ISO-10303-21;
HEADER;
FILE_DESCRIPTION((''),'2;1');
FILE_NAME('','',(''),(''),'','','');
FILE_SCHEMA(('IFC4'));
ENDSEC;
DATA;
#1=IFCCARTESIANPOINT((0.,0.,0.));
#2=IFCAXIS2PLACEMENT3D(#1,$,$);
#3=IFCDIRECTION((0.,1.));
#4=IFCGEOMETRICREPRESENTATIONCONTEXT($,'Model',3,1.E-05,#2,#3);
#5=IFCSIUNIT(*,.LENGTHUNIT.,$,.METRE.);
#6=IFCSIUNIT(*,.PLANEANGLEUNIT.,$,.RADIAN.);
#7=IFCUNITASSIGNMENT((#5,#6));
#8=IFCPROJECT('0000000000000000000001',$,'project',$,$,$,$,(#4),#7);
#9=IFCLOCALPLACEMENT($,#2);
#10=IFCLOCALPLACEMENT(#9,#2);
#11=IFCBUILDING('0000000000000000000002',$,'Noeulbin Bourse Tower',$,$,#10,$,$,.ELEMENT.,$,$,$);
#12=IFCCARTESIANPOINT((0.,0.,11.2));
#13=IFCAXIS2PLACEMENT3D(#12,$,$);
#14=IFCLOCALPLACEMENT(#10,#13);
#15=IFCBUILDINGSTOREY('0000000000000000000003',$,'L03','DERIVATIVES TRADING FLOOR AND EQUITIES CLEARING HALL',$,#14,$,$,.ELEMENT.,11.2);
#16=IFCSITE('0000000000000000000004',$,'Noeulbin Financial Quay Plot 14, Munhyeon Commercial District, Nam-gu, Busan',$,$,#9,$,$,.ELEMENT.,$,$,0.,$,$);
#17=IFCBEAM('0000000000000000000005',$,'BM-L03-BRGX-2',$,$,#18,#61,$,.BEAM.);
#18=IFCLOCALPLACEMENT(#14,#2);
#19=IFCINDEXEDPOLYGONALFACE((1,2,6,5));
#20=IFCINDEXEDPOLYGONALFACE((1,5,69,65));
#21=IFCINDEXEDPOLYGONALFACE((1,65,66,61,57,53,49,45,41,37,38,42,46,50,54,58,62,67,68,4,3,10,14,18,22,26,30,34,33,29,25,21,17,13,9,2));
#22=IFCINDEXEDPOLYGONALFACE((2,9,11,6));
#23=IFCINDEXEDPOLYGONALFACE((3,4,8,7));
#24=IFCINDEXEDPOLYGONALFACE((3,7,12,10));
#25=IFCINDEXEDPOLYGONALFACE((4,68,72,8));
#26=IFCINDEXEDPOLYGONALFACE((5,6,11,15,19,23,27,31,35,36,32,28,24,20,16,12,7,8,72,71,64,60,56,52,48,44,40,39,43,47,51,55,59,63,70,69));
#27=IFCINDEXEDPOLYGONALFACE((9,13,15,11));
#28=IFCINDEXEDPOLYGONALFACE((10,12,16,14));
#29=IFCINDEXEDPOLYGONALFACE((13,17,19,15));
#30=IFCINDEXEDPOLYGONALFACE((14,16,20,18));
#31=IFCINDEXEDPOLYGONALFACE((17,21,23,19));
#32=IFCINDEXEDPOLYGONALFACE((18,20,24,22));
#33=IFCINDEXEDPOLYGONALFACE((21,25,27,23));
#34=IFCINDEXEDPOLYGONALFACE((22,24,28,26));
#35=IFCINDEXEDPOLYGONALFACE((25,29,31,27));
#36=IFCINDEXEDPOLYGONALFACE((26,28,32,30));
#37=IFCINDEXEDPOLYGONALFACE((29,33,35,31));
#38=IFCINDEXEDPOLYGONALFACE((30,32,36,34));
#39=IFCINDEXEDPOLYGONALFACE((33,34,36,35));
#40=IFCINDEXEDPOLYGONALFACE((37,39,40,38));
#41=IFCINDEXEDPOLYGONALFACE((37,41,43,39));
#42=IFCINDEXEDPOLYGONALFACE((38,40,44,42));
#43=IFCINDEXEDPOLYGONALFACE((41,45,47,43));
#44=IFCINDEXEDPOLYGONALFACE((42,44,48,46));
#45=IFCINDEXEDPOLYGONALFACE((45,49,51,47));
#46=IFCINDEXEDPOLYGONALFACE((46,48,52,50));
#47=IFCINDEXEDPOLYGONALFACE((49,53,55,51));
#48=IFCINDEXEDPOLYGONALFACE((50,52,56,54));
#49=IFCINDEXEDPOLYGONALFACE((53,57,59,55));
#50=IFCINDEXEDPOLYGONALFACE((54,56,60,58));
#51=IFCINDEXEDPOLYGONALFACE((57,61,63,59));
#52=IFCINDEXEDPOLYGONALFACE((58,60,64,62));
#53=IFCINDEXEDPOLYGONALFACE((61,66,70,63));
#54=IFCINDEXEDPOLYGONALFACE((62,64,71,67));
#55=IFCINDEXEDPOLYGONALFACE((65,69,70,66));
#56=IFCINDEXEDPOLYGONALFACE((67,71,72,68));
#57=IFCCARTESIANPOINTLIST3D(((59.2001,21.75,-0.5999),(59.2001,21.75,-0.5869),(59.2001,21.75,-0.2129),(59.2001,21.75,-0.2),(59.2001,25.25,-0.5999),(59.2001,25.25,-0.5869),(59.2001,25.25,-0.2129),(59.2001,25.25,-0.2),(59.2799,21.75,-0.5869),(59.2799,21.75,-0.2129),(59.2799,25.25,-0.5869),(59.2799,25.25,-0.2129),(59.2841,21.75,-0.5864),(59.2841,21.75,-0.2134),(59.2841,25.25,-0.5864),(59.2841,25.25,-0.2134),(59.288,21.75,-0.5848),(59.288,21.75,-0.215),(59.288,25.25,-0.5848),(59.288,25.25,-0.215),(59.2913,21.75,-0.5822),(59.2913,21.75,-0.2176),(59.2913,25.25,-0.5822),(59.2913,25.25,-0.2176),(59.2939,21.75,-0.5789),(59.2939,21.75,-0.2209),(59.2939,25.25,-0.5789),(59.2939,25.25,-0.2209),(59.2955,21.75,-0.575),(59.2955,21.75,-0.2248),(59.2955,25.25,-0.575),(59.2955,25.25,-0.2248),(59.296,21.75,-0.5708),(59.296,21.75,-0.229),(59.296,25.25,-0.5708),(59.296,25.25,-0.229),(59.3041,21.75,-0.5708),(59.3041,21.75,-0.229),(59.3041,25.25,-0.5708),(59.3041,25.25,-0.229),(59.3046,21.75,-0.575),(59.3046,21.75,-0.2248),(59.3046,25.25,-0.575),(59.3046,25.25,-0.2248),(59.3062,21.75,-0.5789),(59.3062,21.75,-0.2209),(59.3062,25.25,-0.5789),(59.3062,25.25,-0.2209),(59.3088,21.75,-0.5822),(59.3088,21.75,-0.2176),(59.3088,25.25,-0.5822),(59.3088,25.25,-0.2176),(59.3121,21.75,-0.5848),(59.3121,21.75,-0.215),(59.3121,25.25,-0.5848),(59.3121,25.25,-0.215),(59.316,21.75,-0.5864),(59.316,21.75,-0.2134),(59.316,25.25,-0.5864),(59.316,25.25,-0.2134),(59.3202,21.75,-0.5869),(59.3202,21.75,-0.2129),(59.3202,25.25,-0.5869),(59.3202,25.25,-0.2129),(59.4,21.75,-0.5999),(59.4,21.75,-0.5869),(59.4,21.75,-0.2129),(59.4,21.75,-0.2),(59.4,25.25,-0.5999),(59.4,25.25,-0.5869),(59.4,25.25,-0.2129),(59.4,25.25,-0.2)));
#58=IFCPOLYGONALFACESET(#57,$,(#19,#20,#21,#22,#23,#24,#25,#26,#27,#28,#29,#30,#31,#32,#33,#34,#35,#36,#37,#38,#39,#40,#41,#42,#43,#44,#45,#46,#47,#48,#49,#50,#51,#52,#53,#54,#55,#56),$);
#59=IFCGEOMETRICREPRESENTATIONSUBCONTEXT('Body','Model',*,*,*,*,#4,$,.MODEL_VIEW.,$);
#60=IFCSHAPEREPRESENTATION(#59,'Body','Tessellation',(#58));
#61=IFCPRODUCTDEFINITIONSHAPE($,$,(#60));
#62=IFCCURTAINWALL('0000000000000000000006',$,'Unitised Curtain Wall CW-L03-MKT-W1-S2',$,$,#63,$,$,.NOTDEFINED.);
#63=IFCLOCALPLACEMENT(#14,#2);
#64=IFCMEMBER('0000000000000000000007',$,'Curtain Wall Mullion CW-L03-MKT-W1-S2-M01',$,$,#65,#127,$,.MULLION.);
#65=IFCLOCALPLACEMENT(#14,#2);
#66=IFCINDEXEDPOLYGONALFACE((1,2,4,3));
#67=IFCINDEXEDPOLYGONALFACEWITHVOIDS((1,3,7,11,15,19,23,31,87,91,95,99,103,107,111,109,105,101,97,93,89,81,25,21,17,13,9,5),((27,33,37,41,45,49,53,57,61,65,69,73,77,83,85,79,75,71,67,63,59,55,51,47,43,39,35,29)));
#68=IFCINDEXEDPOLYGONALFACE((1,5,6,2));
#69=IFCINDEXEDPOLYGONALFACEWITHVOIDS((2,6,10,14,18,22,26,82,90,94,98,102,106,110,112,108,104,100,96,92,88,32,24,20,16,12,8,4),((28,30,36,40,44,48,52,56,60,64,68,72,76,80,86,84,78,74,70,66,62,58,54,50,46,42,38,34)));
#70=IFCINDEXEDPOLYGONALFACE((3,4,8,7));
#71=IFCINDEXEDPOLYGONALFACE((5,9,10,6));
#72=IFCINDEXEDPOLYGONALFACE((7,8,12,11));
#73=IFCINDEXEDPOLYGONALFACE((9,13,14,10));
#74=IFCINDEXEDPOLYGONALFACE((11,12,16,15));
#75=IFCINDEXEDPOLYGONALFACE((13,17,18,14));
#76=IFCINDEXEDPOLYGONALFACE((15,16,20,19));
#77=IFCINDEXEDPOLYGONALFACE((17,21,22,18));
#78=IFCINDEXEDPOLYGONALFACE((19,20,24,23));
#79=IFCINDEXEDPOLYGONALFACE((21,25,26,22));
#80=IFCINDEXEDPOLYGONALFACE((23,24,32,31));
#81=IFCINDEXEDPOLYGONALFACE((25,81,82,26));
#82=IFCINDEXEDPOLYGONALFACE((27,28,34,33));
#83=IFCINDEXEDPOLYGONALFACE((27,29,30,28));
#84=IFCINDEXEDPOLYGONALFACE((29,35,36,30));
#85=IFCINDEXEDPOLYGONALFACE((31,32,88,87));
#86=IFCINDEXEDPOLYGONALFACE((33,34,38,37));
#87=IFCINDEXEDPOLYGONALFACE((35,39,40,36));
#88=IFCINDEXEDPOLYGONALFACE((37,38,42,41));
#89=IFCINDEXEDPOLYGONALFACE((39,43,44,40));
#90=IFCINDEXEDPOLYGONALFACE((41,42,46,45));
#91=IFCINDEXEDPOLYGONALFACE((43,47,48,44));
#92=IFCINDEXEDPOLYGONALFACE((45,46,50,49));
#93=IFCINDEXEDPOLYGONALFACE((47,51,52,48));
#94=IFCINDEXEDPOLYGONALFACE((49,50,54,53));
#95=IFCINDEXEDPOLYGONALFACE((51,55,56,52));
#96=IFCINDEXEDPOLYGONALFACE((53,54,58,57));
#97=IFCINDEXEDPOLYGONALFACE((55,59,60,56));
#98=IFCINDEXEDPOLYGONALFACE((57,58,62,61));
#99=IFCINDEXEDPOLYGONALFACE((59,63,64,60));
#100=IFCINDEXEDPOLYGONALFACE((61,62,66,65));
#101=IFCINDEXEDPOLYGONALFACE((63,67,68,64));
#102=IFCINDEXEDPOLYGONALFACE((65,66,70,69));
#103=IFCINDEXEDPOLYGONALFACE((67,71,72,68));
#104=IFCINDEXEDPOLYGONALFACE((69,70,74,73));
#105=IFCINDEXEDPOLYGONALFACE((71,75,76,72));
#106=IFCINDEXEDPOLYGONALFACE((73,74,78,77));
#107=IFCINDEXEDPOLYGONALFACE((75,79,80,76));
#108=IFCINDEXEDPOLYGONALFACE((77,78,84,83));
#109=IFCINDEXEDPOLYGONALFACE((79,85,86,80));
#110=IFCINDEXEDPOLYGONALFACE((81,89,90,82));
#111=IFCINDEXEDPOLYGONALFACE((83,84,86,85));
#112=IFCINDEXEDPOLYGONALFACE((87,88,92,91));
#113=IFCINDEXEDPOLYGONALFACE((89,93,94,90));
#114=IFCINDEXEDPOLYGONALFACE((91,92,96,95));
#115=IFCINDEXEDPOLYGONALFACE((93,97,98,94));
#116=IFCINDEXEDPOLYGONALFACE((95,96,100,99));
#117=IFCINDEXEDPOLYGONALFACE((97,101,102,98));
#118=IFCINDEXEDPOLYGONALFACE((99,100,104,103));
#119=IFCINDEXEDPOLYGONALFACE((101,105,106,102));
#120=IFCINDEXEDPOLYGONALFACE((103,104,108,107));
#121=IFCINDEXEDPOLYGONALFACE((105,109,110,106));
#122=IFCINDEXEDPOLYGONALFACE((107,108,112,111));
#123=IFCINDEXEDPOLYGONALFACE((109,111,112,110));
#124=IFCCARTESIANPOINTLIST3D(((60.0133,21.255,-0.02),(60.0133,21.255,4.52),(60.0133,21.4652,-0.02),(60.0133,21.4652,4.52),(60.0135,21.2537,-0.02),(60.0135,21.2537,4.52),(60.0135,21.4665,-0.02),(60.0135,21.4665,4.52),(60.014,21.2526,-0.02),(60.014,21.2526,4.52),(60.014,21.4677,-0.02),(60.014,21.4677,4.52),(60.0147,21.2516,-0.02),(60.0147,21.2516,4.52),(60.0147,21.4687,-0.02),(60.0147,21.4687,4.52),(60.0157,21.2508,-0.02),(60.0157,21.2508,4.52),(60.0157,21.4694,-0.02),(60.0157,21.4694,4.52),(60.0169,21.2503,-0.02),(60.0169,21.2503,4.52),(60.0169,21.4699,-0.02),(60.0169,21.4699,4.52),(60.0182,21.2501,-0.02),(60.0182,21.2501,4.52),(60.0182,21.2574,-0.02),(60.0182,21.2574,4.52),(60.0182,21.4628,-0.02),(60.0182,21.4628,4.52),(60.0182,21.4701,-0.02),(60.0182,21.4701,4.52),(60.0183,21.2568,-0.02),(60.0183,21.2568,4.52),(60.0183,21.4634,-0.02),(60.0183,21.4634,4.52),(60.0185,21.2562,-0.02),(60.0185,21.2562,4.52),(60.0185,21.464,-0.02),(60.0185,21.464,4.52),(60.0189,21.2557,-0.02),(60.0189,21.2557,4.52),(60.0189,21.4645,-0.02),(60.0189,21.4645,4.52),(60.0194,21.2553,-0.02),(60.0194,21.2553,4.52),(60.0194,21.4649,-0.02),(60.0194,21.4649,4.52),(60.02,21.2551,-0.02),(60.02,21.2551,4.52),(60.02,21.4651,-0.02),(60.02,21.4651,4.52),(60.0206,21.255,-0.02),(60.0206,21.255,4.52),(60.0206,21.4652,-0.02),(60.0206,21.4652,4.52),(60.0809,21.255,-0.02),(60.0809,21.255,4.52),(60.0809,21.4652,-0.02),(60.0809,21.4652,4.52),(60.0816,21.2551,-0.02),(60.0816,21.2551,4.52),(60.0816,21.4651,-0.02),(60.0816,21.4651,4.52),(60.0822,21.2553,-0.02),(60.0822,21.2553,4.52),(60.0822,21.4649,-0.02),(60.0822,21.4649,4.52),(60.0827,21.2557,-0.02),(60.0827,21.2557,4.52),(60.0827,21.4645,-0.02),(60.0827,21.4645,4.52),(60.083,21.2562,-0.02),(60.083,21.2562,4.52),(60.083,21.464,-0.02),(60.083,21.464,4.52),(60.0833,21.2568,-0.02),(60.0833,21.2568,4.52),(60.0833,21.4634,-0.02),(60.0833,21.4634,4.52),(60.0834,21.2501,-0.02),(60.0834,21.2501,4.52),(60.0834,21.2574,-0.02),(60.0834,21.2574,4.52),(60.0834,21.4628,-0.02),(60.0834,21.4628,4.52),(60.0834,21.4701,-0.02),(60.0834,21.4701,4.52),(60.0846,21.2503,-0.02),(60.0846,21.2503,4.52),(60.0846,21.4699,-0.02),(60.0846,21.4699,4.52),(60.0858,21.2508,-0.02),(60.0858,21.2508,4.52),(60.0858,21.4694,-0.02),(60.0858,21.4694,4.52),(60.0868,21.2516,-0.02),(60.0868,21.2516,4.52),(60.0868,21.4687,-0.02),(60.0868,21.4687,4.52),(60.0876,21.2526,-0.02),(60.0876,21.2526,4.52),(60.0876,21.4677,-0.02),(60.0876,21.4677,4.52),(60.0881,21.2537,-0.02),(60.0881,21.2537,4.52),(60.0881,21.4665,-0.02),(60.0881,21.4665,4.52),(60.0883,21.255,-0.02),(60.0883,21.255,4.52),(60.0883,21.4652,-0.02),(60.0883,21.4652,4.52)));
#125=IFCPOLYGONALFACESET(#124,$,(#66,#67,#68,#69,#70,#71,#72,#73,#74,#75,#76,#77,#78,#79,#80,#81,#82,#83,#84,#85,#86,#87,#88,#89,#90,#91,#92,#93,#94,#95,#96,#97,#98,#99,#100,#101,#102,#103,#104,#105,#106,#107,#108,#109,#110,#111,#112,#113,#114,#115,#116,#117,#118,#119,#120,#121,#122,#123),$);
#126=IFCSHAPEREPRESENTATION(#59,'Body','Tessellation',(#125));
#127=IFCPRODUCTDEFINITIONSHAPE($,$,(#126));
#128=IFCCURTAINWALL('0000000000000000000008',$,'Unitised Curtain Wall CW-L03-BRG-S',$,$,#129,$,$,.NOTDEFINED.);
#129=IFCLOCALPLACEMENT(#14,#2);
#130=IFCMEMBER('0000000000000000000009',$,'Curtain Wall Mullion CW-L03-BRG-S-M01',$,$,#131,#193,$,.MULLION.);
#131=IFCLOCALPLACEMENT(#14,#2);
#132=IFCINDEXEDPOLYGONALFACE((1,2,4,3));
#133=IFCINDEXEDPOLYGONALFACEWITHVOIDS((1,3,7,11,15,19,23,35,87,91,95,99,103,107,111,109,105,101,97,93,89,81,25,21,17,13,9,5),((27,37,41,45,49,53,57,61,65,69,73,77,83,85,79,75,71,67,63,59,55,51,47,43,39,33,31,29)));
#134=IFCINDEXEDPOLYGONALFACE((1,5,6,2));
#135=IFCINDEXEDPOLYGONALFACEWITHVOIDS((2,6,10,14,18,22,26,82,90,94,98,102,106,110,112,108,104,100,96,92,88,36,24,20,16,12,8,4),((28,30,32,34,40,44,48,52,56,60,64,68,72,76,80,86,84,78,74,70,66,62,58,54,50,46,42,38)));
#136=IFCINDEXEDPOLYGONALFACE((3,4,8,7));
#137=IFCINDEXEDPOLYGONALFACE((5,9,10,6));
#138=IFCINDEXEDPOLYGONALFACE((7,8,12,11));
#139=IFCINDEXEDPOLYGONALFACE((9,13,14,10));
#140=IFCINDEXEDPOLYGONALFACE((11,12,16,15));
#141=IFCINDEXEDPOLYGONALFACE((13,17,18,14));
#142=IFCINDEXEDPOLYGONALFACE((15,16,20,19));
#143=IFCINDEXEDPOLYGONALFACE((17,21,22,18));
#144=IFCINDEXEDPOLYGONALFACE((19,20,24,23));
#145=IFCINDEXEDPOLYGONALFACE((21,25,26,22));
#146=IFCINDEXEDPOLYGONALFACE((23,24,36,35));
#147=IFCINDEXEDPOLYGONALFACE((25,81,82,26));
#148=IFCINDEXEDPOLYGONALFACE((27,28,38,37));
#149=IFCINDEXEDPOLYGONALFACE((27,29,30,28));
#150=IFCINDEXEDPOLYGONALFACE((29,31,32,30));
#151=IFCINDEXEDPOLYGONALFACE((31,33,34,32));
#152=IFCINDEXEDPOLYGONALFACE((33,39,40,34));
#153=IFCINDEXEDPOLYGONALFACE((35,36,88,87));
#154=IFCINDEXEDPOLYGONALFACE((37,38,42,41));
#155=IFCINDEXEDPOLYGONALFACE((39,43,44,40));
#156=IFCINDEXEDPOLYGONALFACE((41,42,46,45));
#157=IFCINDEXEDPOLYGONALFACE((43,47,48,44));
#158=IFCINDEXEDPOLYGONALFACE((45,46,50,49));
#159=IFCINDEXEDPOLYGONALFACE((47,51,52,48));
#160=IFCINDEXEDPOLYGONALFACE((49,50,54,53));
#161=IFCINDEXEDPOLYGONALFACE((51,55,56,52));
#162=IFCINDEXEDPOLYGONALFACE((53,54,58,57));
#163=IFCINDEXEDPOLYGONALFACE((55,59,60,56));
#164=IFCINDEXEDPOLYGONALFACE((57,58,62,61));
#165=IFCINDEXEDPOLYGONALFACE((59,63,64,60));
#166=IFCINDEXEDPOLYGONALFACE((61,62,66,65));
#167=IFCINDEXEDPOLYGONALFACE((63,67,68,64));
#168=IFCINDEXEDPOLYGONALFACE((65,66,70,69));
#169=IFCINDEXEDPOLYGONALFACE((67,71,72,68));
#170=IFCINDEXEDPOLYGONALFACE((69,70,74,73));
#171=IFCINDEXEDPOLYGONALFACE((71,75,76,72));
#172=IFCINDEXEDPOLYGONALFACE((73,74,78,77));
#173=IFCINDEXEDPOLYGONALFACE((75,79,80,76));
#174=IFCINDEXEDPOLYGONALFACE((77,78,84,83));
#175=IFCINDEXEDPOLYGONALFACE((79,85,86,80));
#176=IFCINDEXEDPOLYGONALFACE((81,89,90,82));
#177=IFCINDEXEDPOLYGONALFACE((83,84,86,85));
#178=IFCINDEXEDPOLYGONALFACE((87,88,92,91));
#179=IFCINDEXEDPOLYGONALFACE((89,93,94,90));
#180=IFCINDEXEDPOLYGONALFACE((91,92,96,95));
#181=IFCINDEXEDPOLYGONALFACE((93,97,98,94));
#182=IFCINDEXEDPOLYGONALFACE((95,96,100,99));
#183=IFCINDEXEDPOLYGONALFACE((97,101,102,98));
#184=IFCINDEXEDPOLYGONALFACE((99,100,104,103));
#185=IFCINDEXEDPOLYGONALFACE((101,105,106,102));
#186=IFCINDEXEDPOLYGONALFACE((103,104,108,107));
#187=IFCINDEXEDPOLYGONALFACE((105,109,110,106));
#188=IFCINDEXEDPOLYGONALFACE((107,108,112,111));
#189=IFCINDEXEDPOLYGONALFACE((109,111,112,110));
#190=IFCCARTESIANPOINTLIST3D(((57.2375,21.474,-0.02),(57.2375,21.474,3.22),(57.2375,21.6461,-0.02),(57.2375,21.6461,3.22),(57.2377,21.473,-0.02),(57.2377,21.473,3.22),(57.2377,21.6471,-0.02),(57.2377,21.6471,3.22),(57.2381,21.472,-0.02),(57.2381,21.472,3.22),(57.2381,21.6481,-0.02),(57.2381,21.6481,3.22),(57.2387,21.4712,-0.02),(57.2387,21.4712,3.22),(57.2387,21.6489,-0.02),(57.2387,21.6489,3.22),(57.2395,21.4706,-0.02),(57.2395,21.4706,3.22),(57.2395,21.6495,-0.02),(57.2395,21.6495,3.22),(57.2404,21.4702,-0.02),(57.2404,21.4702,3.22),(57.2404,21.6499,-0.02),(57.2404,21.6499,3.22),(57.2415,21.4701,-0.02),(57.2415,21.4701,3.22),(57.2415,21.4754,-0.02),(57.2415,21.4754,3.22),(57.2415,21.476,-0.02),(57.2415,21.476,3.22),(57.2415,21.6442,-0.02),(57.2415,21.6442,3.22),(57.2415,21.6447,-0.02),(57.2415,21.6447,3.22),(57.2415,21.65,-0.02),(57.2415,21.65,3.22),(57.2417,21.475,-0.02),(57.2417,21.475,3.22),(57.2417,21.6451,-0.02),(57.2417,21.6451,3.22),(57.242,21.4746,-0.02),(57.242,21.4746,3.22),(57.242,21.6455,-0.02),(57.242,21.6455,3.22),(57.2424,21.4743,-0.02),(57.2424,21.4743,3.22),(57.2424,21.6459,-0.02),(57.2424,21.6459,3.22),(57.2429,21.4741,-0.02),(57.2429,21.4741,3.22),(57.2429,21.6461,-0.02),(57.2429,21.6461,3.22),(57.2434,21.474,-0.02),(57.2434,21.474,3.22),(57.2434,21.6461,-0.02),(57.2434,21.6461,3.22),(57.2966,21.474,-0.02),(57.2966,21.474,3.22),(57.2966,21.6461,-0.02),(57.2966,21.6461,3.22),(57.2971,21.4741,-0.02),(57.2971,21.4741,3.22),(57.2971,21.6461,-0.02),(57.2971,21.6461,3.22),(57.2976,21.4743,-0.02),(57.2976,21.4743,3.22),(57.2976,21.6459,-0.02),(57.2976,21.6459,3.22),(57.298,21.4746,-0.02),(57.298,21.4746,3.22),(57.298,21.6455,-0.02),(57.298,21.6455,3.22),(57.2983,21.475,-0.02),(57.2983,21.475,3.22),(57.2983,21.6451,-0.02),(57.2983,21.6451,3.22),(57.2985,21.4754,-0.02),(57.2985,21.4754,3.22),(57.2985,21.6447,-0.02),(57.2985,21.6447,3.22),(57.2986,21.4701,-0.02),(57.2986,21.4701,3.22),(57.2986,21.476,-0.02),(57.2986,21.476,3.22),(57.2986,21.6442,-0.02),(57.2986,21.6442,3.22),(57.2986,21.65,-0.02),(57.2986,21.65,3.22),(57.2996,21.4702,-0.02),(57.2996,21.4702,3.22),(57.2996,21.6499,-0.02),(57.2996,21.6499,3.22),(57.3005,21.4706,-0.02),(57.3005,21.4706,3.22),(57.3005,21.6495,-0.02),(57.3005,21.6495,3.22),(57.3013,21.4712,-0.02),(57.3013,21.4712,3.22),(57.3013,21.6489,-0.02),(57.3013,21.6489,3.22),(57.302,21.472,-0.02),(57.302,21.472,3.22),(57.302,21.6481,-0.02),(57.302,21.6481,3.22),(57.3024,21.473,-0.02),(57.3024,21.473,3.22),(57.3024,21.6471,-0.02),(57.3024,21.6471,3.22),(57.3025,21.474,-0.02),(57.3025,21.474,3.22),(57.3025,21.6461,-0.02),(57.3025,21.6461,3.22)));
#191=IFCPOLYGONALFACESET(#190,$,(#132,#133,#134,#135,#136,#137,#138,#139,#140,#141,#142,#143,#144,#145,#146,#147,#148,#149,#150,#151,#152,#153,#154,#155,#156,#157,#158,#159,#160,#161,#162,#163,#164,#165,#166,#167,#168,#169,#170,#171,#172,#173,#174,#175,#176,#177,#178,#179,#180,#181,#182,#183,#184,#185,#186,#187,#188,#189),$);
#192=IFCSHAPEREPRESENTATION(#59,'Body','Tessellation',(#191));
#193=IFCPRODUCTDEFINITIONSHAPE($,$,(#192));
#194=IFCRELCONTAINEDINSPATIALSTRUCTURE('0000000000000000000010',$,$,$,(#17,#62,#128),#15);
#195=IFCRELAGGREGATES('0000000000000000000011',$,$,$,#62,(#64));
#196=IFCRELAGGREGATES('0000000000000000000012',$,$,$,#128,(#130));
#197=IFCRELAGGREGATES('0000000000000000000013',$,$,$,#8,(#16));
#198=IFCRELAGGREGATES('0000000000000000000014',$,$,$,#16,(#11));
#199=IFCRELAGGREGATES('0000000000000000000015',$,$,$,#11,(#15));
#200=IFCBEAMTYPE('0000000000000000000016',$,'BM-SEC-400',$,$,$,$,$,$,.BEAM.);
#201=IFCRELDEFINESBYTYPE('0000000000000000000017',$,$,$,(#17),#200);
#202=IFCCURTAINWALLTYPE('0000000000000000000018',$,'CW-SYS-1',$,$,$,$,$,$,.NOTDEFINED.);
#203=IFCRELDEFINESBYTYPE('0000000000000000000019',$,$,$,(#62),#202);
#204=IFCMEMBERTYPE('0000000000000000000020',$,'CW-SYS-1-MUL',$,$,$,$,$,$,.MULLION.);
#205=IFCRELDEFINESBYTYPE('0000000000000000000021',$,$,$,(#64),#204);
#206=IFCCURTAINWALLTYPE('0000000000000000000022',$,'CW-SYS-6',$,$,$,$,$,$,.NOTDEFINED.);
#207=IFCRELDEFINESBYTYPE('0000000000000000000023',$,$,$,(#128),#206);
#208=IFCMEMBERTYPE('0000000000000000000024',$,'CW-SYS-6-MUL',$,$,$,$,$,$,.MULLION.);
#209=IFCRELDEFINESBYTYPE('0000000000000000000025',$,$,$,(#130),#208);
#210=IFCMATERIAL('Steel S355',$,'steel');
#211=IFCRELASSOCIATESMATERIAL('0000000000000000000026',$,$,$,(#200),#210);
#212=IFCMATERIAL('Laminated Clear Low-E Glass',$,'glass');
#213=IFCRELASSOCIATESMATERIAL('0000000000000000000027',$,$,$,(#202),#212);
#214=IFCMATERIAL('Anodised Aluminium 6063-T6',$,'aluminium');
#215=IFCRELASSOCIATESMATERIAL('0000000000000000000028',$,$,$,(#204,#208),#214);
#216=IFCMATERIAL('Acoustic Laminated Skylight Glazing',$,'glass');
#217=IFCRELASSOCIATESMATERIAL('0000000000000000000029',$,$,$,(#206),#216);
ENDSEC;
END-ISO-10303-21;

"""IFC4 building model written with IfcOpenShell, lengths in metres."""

from ifc_helpers import new_model, si_unit, direction, frame, origin, origin_2d, place, context, subcontext, project, spatial, hollow_rectangle, i_section, extrude, material, material_profile, profile_set, type_object, element, aggregate, save


model = new_model("IFC4")

# Units and contexts
model_context = context("Model", 3, precision=1e-05, world=origin(), true_north=direction((0.0, 1.0)))
body_context = subcontext(model_context, "Body", "Model", "MODEL_VIEW")
ifc_project = project(units=[si_unit("LENGTHUNIT", "METRE"), si_unit("PLANEANGLEUNIT", "RADIAN")], contexts=[model_context])

# Site, building, storey
site_placement = place(None, origin())
site = spatial("IfcSite", under=ifc_project, at=site_placement, Name="Noeulbin Financial Quay Plot 14, Munhyeon Commercial District, Nam-gu, Busan", CompositionType="ELEMENT", RefElevation=0.0)
building_placement = place(site_placement, origin())
building = spatial("IfcBuilding", under=site, at=building_placement, Name="Noeulbin Bourse Tower", CompositionType="ELEMENT")
storey_placement = place(building_placement, frame((0.0, 0.0, 11.2)))
storey = spatial("IfcBuildingStorey", under=building, at=storey_placement, Name="L03", Description="DERIVATIVES TRADING FLOOR AND EQUITIES CLEARING HALL", CompositionType="ELEMENT", Elevation=11.2)

# Shared definitions
ifc_material_1 = material(Name="Steel S355", Category="steel")

# Beam
ifc_material_profile_1 = material_profile(ifc_material_1, i_section(OverallWidth=0.2, OverallDepth=0.3999, WebThickness=0.0081, FlangeThickness=0.0129, FilletRadius=0.0161, at=origin_2d()), Name="H-400x200x8x13", Category="LoadBearing")
ifc_profile_set_1 = profile_set([ifc_material_profile_1], Name="Steel S355")
beam_type_1 = type_object("IfcBeamType", Name="BM-SEC-400", PredefinedType="BEAM", material=ifc_profile_set_1)
for number, where, z_axis, x_axis, name in (
    (1, (59.3, 21.75, -0.3999), (0.0, 1.0, 0.0), (-1.0, 0.0, 0.0), "BM-L03-BRGX-2"),
):
    element("IfcBeam", number, at=place(storey_placement, frame(where, z_axis=z_axis, x_axis=x_axis)), inside=storey, type_object=beam_type_1, Name=name, PredefinedType="BEAM", context=body_context, shape_type="SweptSolid", body=[
        extrude(i_section(OverallWidth=0.2, OverallDepth=0.3999, WebThickness=0.0081, FlangeThickness=0.0129, FilletRadius=0.0161, at=origin_2d()), origin(), (0.0, 0.0, 1.0), 3.5),
    ])

# Curtain wall, member
ifc_material_2 = material(Name="Laminated Clear Low-E Glass", Category="glass")
curtain_wall_type_1 = type_object("IfcCurtainWallType", Name="CW-SYS-1", PredefinedType="NOTDEFINED", material=ifc_material_2)
curtain_wall_1_placement = place(storey_placement, origin())
curtain_wall_1 = element("IfcCurtainWall", 2, at=curtain_wall_1_placement, inside=storey, type_object=curtain_wall_type_1, Name="Unitised Curtain Wall CW-L03-MKT-W1-S2", PredefinedType="NOTDEFINED")
ifc_material_3 = material(Name="Anodised Aluminium 6063-T6", Category="aluminium")
ifc_material_profile_2 = material_profile(ifc_material_3, hollow_rectangle(XDim=0.075, YDim=0.22, WallThickness=0.0049, InnerFilletRadius=0.0024, OuterFilletRadius=0.0049, at=origin_2d()), Name="ALU-MULL-75x220x5", Category="LoadBearing")
ifc_profile_set_2 = profile_set([ifc_material_profile_2], Name="Anodised Aluminium 6063-T6")
member_type_1 = type_object("IfcMemberType", Name="CW-SYS-1-MUL", PredefinedType="MULLION", material=ifc_profile_set_2)
member_1_placement = place(storey_placement, frame((60.0508, 21.3601, -0.02), z_axis=(0.0, 0.0, 1.0), x_axis=(1.0, 0.0, 0.0)))
member_1 = element("IfcMember", 3, at=member_1_placement, type_object=member_type_1, Name="Curtain Wall Mullion CW-L03-MKT-W1-S2-M01", PredefinedType="MULLION", context=body_context, shape_type="SweptSolid", body=[
    extrude(hollow_rectangle(XDim=0.075, YDim=0.22, WallThickness=0.0049, InnerFilletRadius=0.0024, OuterFilletRadius=0.0049, at=origin_2d()), origin(), (0.0, 0.0, 1.0), 4.54),
])

# Curtain wall, member
ifc_material_4 = material(Name="Acoustic Laminated Skylight Glazing", Category="glass")
curtain_wall_type_2 = type_object("IfcCurtainWallType", Name="CW-SYS-6", PredefinedType="NOTDEFINED", material=ifc_material_4)
curtain_wall_2_placement = place(storey_placement, origin())
curtain_wall_2 = element("IfcCurtainWall", 4, at=curtain_wall_2_placement, inside=storey, type_object=curtain_wall_type_2, Name="Unitised Curtain Wall CW-L03-BRG-S", PredefinedType="NOTDEFINED")
ifc_material_profile_3 = material_profile(ifc_material_3, hollow_rectangle(XDim=0.0649, YDim=0.1799, WallThickness=0.0039, InnerFilletRadius=0.002, OuterFilletRadius=0.0039, at=origin_2d()), Name="ALU-MULL-65x180x4", Category="LoadBearing")
ifc_profile_set_3 = profile_set([ifc_material_profile_3], Name="Anodised Aluminium 6063-T6")
member_type_2 = type_object("IfcMemberType", Name="CW-SYS-6-MUL", PredefinedType="MULLION", material=ifc_profile_set_3)
member_2_placement = place(storey_placement, frame((57.27, 21.5601, -0.02), z_axis=(0.0, 0.0, 1.0), x_axis=(1.0, 0.0, 0.0)))
member_2 = element("IfcMember", 5, at=member_2_placement, type_object=member_type_2, Name="Curtain Wall Mullion CW-L03-BRG-S-M01", PredefinedType="MULLION", context=body_context, shape_type="SweptSolid", body=[
    extrude(hollow_rectangle(XDim=0.0649, YDim=0.1799, WallThickness=0.0039, InnerFilletRadius=0.002, OuterFilletRadius=0.0039, at=origin_2d()), origin(), (0.0, 0.0, 1.0), 3.24),
])

aggregate(curtain_wall_1, [member_1])
aggregate(curtain_wall_2, [member_2])

save(model, "model.ifc")
